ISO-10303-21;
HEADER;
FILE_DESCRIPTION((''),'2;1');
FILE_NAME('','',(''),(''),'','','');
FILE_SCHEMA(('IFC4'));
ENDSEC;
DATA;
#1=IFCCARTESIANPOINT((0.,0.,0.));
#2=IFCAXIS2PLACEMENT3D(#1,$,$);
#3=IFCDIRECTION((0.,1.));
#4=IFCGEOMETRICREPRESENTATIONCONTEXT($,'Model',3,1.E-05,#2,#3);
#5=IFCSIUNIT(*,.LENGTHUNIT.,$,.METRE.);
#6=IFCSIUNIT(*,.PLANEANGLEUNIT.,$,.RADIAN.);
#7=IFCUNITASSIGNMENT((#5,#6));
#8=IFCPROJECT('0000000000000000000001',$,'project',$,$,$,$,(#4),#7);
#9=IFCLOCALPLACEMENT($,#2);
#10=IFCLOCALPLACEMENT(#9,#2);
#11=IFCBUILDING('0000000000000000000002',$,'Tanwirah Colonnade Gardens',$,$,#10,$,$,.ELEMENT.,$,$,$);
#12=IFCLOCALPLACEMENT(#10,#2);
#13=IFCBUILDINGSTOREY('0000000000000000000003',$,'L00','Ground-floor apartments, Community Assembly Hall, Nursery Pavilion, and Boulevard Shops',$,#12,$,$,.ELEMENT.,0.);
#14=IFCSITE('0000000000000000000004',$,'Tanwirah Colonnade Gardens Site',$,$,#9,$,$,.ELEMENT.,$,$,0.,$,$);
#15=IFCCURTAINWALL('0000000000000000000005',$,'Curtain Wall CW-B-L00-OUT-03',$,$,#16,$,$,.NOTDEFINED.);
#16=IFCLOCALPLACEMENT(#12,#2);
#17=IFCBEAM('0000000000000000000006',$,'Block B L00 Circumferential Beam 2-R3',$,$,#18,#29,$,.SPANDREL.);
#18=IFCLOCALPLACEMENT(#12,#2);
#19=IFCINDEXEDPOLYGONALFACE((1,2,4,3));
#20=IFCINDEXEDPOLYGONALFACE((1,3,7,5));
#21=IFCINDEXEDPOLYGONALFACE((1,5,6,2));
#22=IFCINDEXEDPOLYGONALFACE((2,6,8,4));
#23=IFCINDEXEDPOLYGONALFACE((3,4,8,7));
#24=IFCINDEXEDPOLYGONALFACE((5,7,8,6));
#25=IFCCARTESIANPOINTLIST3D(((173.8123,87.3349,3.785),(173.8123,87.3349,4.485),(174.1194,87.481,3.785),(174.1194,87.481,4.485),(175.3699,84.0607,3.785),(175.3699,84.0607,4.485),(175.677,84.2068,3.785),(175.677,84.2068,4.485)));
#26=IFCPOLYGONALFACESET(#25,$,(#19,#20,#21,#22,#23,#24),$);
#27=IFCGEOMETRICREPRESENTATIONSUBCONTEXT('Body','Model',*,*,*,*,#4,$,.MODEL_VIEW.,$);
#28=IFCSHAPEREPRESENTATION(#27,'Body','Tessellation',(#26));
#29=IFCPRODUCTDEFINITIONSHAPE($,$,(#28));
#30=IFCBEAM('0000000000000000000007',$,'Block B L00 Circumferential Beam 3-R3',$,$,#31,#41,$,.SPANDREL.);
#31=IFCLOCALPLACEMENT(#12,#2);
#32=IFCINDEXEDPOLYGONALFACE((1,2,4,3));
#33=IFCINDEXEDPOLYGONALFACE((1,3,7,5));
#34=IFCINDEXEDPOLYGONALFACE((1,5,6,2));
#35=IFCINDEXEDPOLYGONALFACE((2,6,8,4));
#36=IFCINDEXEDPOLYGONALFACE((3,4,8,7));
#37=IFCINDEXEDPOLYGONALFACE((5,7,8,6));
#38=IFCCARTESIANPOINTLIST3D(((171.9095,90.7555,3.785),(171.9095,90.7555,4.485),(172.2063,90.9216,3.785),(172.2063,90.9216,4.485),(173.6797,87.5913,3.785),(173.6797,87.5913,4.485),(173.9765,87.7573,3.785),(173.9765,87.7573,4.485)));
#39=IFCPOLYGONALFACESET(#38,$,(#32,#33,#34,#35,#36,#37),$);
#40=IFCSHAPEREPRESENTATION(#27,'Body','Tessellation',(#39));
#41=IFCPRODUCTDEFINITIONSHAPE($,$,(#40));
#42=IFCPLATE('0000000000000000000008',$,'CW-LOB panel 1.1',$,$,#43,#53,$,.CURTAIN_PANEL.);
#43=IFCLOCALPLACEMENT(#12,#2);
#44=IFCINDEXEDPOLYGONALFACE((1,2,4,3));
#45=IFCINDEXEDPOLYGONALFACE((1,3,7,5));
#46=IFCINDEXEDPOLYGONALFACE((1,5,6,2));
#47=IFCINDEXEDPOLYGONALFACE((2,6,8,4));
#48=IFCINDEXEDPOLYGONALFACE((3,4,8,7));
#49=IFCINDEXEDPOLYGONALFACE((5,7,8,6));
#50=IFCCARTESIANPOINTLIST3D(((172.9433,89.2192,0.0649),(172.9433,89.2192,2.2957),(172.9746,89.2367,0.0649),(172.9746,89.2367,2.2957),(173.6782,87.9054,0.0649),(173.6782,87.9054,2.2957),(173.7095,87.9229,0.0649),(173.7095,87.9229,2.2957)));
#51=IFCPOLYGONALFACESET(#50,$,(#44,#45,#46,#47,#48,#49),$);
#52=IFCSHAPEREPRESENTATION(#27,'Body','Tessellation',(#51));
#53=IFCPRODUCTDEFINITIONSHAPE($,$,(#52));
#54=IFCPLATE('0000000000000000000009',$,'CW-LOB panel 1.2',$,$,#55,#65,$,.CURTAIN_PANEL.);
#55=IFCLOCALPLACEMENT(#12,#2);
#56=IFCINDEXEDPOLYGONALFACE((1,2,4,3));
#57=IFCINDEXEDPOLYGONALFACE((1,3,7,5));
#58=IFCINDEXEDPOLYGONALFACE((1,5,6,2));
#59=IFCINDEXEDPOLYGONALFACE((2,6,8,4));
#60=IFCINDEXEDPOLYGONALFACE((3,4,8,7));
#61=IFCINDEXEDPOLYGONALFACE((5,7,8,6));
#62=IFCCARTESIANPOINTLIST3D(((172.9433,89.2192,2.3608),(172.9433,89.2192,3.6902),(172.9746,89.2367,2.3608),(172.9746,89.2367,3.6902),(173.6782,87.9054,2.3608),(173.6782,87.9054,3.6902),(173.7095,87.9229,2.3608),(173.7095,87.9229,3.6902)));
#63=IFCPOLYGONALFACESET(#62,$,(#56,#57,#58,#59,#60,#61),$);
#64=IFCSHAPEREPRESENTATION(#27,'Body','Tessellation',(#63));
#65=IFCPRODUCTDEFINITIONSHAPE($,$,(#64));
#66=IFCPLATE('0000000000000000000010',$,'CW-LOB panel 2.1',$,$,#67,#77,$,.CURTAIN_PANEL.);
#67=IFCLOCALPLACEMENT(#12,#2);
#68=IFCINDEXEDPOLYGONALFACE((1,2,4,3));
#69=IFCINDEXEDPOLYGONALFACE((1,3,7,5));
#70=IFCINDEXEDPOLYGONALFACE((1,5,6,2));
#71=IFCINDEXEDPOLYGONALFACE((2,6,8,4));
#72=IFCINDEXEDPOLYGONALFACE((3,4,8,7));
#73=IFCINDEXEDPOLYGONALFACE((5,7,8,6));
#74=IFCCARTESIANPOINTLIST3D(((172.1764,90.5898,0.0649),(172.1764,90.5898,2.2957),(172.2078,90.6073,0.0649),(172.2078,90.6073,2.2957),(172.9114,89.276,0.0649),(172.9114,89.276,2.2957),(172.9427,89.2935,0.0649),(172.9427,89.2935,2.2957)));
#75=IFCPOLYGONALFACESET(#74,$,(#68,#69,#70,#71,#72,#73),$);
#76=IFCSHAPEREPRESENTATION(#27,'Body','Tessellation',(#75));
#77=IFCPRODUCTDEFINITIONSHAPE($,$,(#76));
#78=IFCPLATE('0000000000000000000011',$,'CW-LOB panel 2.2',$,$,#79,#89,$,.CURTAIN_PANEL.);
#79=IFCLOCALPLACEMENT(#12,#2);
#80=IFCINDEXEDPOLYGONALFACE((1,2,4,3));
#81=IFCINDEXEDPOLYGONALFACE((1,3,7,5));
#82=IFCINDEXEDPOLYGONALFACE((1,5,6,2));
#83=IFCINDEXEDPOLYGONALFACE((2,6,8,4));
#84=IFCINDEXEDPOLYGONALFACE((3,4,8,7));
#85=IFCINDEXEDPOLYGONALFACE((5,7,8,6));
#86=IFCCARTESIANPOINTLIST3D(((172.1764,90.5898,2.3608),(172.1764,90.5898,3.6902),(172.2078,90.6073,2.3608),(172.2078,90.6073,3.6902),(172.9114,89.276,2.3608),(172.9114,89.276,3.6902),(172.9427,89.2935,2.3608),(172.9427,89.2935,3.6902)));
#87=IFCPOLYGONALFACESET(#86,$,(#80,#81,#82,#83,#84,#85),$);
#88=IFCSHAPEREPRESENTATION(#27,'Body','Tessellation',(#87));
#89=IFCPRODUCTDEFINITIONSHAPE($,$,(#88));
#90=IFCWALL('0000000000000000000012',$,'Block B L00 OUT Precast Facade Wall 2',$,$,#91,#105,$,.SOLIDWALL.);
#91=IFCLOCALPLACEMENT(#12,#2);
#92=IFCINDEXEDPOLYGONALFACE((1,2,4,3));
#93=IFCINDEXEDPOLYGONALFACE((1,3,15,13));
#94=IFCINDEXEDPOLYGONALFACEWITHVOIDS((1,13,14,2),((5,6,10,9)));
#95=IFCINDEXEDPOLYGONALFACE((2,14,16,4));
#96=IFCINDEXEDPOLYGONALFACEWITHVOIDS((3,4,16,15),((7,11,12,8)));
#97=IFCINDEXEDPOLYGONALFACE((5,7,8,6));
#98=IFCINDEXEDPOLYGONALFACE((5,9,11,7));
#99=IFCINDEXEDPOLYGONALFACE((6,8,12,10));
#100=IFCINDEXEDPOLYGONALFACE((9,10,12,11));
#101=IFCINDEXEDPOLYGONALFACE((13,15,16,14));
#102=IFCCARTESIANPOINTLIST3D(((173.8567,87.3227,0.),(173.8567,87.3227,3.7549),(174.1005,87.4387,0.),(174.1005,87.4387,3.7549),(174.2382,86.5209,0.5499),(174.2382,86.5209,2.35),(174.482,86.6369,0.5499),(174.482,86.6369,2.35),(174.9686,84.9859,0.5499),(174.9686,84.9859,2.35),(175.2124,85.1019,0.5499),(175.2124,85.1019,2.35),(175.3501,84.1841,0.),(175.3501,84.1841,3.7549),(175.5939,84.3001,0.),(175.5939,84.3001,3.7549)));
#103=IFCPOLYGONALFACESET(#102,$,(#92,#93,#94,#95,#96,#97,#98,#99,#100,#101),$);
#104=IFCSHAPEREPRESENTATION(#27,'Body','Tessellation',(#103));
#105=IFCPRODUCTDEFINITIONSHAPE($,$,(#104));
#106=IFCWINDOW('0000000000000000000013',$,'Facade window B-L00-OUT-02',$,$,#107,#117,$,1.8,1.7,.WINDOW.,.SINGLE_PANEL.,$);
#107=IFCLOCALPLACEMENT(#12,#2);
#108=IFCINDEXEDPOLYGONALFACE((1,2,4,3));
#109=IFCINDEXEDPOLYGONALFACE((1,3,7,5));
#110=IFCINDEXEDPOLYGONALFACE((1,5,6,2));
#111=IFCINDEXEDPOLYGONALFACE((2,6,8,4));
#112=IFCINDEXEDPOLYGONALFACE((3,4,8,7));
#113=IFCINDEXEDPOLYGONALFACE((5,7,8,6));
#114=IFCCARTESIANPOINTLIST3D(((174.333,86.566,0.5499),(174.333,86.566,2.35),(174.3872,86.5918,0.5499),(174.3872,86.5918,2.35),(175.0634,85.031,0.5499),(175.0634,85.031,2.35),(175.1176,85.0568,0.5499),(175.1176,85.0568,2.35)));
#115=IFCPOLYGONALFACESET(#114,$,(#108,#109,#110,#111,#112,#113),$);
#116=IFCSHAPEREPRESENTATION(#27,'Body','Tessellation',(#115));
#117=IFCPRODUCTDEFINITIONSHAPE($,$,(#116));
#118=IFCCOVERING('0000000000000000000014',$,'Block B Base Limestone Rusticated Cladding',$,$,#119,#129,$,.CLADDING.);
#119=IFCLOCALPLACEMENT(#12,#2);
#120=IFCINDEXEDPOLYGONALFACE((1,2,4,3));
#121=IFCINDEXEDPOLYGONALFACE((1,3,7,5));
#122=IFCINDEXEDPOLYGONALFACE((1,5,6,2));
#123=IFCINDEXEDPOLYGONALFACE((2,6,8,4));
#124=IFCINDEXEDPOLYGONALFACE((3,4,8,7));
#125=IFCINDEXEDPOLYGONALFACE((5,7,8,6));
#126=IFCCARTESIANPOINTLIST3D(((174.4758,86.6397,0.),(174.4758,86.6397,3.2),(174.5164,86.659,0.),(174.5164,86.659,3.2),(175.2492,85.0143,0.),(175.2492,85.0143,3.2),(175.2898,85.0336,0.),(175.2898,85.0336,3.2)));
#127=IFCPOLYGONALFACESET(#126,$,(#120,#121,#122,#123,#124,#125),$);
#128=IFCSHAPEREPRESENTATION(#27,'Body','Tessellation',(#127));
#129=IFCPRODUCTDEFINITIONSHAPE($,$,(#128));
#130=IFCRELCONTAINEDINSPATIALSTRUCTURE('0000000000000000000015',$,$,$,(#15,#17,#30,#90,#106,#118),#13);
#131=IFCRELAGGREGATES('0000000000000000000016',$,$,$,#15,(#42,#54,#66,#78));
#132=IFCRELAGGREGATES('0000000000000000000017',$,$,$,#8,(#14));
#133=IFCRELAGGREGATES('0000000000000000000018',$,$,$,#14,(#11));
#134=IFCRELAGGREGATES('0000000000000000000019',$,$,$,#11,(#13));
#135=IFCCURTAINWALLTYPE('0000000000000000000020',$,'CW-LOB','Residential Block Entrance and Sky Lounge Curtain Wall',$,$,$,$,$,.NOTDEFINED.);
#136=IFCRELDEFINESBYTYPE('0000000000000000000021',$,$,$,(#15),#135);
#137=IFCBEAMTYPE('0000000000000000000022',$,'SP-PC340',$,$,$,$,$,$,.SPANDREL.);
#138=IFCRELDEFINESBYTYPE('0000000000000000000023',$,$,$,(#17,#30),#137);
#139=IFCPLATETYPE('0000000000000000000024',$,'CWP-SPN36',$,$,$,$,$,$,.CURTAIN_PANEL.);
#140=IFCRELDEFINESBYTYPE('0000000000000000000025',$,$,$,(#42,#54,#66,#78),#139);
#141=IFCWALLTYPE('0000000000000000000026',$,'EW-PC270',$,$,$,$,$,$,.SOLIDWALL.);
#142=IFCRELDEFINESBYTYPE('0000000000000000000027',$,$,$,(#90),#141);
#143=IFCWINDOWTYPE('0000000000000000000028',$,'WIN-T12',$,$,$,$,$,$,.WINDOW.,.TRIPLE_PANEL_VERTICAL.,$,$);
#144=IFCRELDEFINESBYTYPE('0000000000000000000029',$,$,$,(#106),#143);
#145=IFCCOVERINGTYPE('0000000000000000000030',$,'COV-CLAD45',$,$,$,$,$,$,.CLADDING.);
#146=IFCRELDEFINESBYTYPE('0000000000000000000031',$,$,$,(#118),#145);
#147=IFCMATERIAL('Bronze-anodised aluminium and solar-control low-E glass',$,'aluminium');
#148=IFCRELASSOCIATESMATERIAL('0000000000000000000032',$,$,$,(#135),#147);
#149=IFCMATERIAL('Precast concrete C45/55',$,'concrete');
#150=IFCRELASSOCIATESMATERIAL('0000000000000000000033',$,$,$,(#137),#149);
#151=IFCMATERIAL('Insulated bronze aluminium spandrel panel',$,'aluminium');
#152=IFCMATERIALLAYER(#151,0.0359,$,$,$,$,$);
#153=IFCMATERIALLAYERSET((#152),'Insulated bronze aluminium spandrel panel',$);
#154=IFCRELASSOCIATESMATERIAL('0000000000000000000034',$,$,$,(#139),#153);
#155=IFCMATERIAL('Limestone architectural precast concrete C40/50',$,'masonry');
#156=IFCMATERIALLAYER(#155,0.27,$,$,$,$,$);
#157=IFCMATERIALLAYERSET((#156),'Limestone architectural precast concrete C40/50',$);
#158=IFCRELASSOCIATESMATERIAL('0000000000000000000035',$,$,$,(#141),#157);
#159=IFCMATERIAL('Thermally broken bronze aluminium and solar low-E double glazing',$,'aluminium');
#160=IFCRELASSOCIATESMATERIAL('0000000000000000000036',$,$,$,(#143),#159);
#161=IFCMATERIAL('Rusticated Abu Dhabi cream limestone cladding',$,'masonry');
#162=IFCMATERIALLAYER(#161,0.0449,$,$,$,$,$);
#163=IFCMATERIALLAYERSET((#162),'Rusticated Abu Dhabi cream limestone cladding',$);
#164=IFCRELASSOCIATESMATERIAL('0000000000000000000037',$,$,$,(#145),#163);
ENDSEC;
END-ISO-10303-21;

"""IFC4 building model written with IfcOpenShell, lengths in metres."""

from ifc_helpers import new_model, si_unit, direction, frame, frame_2d, origin, origin_2d, place, context, subcontext, project, spatial, rectangle, extrude, material, layer, layer_set, material_profile, profile_set, type_object, element, fill, aggregate, save


model = new_model("IFC4")

# Units and contexts
model_context = context("Model", 3, precision=1e-05, world=origin(), true_north=direction((0.0, 1.0)))
body_context = subcontext(model_context, "Body", "Model", "MODEL_VIEW")
ifc_project = project(units=[si_unit("LENGTHUNIT", "METRE"), si_unit("PLANEANGLEUNIT", "RADIAN")], contexts=[model_context])

# Site, building, storey
site_placement = place(None, origin())
site = spatial("IfcSite", under=ifc_project, at=site_placement, Name="Tanwirah Colonnade Gardens Site", CompositionType="ELEMENT", RefElevation=0.0)
building_placement = place(site_placement, origin())
building = spatial("IfcBuilding", under=site, at=building_placement, Name="Tanwirah Colonnade Gardens", CompositionType="ELEMENT")
storey_placement = place(building_placement, origin())
storey = spatial("IfcBuildingStorey", under=building, at=storey_placement, Name="L00", Description="Ground-floor apartments, Community Assembly Hall, Nursery Pavilion, and Boulevard Shops", CompositionType="ELEMENT", Elevation=0.0)

# Shared definitions
ifc_material_1 = material(Name="Precast concrete C45/55", Category="concrete")

# Curtain wall
ifc_material_2 = material(Name="Bronze-anodised aluminium and solar-control low-E glass", Category="aluminium")
curtain_wall_type = type_object("IfcCurtainWallType", Name="CW-LOB", Description="Residential Block Entrance and Sky Lounge Curtain Wall", PredefinedType="NOTDEFINED", material=ifc_material_2)
curtain_wall_placement = place(storey_placement, origin())
curtain_wall = element("IfcCurtainWall", 1, at=curtain_wall_placement, inside=storey, type_object=curtain_wall_type, Name="Curtain Wall CW-B-L00-OUT-03", PredefinedType="NOTDEFINED")

# Beams
ifc_material_profile_1 = material_profile(ifc_material_1, rectangle(XDim=0.3401, YDim=0.7, at=origin_2d()), Name="PC-SP 340x700")
ifc_profile_set_1 = profile_set([ifc_material_profile_1], Name="Precast concrete C45/55")
beam_type = type_object("IfcBeamType", Name="SP-PC340", PredefinedType="SPANDREL", material=ifc_profile_set_1)
for number, where, z_axis, x_axis, name in (
    (2, (175.5234, 84.1338, 4.135), (-0.429594, 0.903022, 0.0), (-0.903022, -0.429594, 0.0), "Block B L00 Circumferential Beam 2-R3"),
    (3, (173.8281, 87.6743, 4.135), (-0.488236, 0.872711, 0.0), (-0.872711, -0.488236, 0.0), "Block B L00 Circumferential Beam 3-R3"),
):
    element("IfcBeam", number, at=place(storey_placement, frame(where, z_axis=z_axis, x_axis=x_axis)), inside=storey, type_object=beam_type, Name=name, PredefinedType="SPANDREL", context=body_context, shape_type="SweptSolid", body=[
        extrude(rectangle(XDim=0.3401, YDim=0.7, at=origin_2d()), origin(), (0.0, 0.0, 1.0), 3.6257),
    ])

# Plates
ifc_material_3 = material(Name="Insulated bronze aluminium spandrel panel", Category="aluminium")
ifc_layer_1 = layer(ifc_material_3, 0.0359)
ifc_layer_set_1 = layer_set([ifc_layer_1], Name="Insulated bronze aluminium spandrel panel")
plate_type = type_object("IfcPlateType", Name="CWP-SPN36", PredefinedType="CURTAIN_PANEL", material=ifc_layer_set_1)
plate_1_placement = place(storey_placement, frame((173.3264, 88.571, 0.0649), z_axis=(0.0, 0.0, 1.0), x_axis=(-0.4882, 0.872732, 0.0)))
plate_1 = element("IfcPlate", 4, at=plate_1_placement, type_object=plate_type, Name="CW-LOB panel 1.1", PredefinedType="CURTAIN_PANEL", context=body_context, shape_type="SweptSolid", body=[
    extrude(rectangle(XDim=1.5054, YDim=0.0359, at=origin_2d()), origin(), (0.0, 0.0, 1.0), 2.2307),
])
plate_2_placement = place(storey_placement, frame((173.3264, 88.571, 2.3608), z_axis=(0.0, 0.0, 1.0), x_axis=(-0.4882, 0.872732, 0.0)))
plate_2 = element("IfcPlate", 5, at=plate_2_placement, type_object=plate_type, Name="CW-LOB panel 1.2", PredefinedType="CURTAIN_PANEL", context=body_context, shape_type="SweptSolid", body=[
    extrude(rectangle(XDim=1.5054, YDim=0.0359, at=origin_2d()), origin(), (0.0, 0.0, 1.0), 1.3293),
])
plate_3_placement = place(storey_placement, frame((172.5596, 89.9417, 0.0649), z_axis=(0.0, 0.0, 1.0), x_axis=(-0.4882, 0.872732, 0.0)))
plate_3 = element("IfcPlate", 6, at=plate_3_placement, type_object=plate_type, Name="CW-LOB panel 2.1", PredefinedType="CURTAIN_PANEL", context=body_context, shape_type="SweptSolid", body=[
    extrude(rectangle(XDim=1.5054, YDim=0.0359, at=origin_2d()), origin(), (0.0, 0.0, 1.0), 2.2307),
])
plate_4_placement = place(storey_placement, frame((172.5596, 89.9417, 2.3608), z_axis=(0.0, 0.0, 1.0), x_axis=(-0.4882, 0.872732, 0.0)))
plate_4 = element("IfcPlate", 7, at=plate_4_placement, type_object=plate_type, Name="CW-LOB panel 2.2", PredefinedType="CURTAIN_PANEL", context=body_context, shape_type="SweptSolid", body=[
    extrude(rectangle(XDim=1.5054, YDim=0.0359, at=origin_2d()), origin(), (0.0, 0.0, 1.0), 1.3293),
])
aggregate(curtain_wall, [plate_1, plate_2, plate_3, plate_4])

# Wall, opening, window
ifc_material_4 = material(Name="Limestone architectural precast concrete C40/50", Category="masonry")
ifc_layer_2 = layer(ifc_material_4, 0.27)
ifc_layer_set_2 = layer_set([ifc_layer_2], Name="Limestone architectural precast concrete C40/50")
wall_type = type_object("IfcWallType", Name="EW-PC270", PredefinedType="SOLIDWALL", material=ifc_layer_set_2)
wall_placement = place(storey_placement, frame((175.4719, 84.2422, 0.0), z_axis=(0.0, 0.0, 1.0), x_axis=(-0.429653, 0.902994, 0.0)))
wall = element("IfcWall", 8, at=wall_placement, inside=storey, type_object=wall_type, Name="Block B L00 OUT Precast Facade Wall 2", PredefinedType="SOLIDWALL", context=body_context, shape_type="SweptSolid", body=[
    extrude(rectangle(XDim=3.4758, YDim=0.27, at=frame_2d((1.7378, 0.0))), origin(), (0.0, 0.0, 1.0), 3.7549),
])
opening_placement = place(wall_placement, frame((0.8877, 0.0, 0.55)))
opening = element("IfcOpeningElement", 9, at=opening_placement, cuts=wall, PredefinedType="OPENING", context=body_context, shape_type="SweptSolid", body=[
    extrude(rectangle(XDim=1.7, YDim=1.8, at=frame_2d((0.8501, 0.8999))), frame((0.0, 0.145, 0.0), z_axis=(0.0, -1.0, 0.0), x_axis=(1.0, 0.0, 0.0)), (0.0, 0.0, 1.0), 0.29),
])
ifc_material_5 = material(Name="Thermally broken bronze aluminium and solar low-E double glazing", Category="aluminium")
window_type = type_object("IfcWindowType", Name="WIN-T12", PartitioningType="TRIPLE_PANEL_VERTICAL", PredefinedType="WINDOW", material=ifc_material_5)
window_placement = place(opening_placement, origin())
window = element("IfcWindow", 10, at=window_placement, inside=storey, type_object=window_type, Name="Facade window B-L00-OUT-02", OverallHeight=1.8, OverallWidth=1.7, PartitioningType="SINGLE_PANEL", PredefinedType="WINDOW", context=body_context, shape_type="SweptSolid", body=[
    extrude(rectangle(XDim=1.7, YDim=1.8, at=frame_2d((0.8501, 0.8999))), frame((0.0, 0.03, 0.0), z_axis=(0.0, -1.0, 0.0), x_axis=(1.0, 0.0, 0.0)), (0.0, 0.0, 1.0), 0.0601),
])
fill(opening, window)

# Covering
ifc_material_6 = material(Name="Rusticated Abu Dhabi cream limestone cladding", Category="masonry")
ifc_layer_3 = layer(ifc_material_6, 0.0449)
ifc_layer_set_3 = layer_set([ifc_layer_3], Name="Rusticated Abu Dhabi cream limestone cladding")
covering_type = type_object("IfcCoveringType", Name="COV-CLAD45", PredefinedType="CLADDING", material=ifc_layer_set_3)
covering_placement = place(storey_placement, frame((174.8828, 85.8367, 0.0), z_axis=(0.0, 0.0, 1.0), x_axis=(-0.429636, 0.903002, 0.0)))
element("IfcCovering", 11, at=covering_placement, inside=storey, type_object=covering_type, Name="Block B Base Limestone Rusticated Cladding", PredefinedType="CLADDING", context=body_context, shape_type="SweptSolid", body=[
    extrude(rectangle(XDim=1.8, YDim=0.0449, at=origin_2d()), origin(), (0.0, 0.0, 1.0), 3.2),
])

save(model, "model.ifc")
